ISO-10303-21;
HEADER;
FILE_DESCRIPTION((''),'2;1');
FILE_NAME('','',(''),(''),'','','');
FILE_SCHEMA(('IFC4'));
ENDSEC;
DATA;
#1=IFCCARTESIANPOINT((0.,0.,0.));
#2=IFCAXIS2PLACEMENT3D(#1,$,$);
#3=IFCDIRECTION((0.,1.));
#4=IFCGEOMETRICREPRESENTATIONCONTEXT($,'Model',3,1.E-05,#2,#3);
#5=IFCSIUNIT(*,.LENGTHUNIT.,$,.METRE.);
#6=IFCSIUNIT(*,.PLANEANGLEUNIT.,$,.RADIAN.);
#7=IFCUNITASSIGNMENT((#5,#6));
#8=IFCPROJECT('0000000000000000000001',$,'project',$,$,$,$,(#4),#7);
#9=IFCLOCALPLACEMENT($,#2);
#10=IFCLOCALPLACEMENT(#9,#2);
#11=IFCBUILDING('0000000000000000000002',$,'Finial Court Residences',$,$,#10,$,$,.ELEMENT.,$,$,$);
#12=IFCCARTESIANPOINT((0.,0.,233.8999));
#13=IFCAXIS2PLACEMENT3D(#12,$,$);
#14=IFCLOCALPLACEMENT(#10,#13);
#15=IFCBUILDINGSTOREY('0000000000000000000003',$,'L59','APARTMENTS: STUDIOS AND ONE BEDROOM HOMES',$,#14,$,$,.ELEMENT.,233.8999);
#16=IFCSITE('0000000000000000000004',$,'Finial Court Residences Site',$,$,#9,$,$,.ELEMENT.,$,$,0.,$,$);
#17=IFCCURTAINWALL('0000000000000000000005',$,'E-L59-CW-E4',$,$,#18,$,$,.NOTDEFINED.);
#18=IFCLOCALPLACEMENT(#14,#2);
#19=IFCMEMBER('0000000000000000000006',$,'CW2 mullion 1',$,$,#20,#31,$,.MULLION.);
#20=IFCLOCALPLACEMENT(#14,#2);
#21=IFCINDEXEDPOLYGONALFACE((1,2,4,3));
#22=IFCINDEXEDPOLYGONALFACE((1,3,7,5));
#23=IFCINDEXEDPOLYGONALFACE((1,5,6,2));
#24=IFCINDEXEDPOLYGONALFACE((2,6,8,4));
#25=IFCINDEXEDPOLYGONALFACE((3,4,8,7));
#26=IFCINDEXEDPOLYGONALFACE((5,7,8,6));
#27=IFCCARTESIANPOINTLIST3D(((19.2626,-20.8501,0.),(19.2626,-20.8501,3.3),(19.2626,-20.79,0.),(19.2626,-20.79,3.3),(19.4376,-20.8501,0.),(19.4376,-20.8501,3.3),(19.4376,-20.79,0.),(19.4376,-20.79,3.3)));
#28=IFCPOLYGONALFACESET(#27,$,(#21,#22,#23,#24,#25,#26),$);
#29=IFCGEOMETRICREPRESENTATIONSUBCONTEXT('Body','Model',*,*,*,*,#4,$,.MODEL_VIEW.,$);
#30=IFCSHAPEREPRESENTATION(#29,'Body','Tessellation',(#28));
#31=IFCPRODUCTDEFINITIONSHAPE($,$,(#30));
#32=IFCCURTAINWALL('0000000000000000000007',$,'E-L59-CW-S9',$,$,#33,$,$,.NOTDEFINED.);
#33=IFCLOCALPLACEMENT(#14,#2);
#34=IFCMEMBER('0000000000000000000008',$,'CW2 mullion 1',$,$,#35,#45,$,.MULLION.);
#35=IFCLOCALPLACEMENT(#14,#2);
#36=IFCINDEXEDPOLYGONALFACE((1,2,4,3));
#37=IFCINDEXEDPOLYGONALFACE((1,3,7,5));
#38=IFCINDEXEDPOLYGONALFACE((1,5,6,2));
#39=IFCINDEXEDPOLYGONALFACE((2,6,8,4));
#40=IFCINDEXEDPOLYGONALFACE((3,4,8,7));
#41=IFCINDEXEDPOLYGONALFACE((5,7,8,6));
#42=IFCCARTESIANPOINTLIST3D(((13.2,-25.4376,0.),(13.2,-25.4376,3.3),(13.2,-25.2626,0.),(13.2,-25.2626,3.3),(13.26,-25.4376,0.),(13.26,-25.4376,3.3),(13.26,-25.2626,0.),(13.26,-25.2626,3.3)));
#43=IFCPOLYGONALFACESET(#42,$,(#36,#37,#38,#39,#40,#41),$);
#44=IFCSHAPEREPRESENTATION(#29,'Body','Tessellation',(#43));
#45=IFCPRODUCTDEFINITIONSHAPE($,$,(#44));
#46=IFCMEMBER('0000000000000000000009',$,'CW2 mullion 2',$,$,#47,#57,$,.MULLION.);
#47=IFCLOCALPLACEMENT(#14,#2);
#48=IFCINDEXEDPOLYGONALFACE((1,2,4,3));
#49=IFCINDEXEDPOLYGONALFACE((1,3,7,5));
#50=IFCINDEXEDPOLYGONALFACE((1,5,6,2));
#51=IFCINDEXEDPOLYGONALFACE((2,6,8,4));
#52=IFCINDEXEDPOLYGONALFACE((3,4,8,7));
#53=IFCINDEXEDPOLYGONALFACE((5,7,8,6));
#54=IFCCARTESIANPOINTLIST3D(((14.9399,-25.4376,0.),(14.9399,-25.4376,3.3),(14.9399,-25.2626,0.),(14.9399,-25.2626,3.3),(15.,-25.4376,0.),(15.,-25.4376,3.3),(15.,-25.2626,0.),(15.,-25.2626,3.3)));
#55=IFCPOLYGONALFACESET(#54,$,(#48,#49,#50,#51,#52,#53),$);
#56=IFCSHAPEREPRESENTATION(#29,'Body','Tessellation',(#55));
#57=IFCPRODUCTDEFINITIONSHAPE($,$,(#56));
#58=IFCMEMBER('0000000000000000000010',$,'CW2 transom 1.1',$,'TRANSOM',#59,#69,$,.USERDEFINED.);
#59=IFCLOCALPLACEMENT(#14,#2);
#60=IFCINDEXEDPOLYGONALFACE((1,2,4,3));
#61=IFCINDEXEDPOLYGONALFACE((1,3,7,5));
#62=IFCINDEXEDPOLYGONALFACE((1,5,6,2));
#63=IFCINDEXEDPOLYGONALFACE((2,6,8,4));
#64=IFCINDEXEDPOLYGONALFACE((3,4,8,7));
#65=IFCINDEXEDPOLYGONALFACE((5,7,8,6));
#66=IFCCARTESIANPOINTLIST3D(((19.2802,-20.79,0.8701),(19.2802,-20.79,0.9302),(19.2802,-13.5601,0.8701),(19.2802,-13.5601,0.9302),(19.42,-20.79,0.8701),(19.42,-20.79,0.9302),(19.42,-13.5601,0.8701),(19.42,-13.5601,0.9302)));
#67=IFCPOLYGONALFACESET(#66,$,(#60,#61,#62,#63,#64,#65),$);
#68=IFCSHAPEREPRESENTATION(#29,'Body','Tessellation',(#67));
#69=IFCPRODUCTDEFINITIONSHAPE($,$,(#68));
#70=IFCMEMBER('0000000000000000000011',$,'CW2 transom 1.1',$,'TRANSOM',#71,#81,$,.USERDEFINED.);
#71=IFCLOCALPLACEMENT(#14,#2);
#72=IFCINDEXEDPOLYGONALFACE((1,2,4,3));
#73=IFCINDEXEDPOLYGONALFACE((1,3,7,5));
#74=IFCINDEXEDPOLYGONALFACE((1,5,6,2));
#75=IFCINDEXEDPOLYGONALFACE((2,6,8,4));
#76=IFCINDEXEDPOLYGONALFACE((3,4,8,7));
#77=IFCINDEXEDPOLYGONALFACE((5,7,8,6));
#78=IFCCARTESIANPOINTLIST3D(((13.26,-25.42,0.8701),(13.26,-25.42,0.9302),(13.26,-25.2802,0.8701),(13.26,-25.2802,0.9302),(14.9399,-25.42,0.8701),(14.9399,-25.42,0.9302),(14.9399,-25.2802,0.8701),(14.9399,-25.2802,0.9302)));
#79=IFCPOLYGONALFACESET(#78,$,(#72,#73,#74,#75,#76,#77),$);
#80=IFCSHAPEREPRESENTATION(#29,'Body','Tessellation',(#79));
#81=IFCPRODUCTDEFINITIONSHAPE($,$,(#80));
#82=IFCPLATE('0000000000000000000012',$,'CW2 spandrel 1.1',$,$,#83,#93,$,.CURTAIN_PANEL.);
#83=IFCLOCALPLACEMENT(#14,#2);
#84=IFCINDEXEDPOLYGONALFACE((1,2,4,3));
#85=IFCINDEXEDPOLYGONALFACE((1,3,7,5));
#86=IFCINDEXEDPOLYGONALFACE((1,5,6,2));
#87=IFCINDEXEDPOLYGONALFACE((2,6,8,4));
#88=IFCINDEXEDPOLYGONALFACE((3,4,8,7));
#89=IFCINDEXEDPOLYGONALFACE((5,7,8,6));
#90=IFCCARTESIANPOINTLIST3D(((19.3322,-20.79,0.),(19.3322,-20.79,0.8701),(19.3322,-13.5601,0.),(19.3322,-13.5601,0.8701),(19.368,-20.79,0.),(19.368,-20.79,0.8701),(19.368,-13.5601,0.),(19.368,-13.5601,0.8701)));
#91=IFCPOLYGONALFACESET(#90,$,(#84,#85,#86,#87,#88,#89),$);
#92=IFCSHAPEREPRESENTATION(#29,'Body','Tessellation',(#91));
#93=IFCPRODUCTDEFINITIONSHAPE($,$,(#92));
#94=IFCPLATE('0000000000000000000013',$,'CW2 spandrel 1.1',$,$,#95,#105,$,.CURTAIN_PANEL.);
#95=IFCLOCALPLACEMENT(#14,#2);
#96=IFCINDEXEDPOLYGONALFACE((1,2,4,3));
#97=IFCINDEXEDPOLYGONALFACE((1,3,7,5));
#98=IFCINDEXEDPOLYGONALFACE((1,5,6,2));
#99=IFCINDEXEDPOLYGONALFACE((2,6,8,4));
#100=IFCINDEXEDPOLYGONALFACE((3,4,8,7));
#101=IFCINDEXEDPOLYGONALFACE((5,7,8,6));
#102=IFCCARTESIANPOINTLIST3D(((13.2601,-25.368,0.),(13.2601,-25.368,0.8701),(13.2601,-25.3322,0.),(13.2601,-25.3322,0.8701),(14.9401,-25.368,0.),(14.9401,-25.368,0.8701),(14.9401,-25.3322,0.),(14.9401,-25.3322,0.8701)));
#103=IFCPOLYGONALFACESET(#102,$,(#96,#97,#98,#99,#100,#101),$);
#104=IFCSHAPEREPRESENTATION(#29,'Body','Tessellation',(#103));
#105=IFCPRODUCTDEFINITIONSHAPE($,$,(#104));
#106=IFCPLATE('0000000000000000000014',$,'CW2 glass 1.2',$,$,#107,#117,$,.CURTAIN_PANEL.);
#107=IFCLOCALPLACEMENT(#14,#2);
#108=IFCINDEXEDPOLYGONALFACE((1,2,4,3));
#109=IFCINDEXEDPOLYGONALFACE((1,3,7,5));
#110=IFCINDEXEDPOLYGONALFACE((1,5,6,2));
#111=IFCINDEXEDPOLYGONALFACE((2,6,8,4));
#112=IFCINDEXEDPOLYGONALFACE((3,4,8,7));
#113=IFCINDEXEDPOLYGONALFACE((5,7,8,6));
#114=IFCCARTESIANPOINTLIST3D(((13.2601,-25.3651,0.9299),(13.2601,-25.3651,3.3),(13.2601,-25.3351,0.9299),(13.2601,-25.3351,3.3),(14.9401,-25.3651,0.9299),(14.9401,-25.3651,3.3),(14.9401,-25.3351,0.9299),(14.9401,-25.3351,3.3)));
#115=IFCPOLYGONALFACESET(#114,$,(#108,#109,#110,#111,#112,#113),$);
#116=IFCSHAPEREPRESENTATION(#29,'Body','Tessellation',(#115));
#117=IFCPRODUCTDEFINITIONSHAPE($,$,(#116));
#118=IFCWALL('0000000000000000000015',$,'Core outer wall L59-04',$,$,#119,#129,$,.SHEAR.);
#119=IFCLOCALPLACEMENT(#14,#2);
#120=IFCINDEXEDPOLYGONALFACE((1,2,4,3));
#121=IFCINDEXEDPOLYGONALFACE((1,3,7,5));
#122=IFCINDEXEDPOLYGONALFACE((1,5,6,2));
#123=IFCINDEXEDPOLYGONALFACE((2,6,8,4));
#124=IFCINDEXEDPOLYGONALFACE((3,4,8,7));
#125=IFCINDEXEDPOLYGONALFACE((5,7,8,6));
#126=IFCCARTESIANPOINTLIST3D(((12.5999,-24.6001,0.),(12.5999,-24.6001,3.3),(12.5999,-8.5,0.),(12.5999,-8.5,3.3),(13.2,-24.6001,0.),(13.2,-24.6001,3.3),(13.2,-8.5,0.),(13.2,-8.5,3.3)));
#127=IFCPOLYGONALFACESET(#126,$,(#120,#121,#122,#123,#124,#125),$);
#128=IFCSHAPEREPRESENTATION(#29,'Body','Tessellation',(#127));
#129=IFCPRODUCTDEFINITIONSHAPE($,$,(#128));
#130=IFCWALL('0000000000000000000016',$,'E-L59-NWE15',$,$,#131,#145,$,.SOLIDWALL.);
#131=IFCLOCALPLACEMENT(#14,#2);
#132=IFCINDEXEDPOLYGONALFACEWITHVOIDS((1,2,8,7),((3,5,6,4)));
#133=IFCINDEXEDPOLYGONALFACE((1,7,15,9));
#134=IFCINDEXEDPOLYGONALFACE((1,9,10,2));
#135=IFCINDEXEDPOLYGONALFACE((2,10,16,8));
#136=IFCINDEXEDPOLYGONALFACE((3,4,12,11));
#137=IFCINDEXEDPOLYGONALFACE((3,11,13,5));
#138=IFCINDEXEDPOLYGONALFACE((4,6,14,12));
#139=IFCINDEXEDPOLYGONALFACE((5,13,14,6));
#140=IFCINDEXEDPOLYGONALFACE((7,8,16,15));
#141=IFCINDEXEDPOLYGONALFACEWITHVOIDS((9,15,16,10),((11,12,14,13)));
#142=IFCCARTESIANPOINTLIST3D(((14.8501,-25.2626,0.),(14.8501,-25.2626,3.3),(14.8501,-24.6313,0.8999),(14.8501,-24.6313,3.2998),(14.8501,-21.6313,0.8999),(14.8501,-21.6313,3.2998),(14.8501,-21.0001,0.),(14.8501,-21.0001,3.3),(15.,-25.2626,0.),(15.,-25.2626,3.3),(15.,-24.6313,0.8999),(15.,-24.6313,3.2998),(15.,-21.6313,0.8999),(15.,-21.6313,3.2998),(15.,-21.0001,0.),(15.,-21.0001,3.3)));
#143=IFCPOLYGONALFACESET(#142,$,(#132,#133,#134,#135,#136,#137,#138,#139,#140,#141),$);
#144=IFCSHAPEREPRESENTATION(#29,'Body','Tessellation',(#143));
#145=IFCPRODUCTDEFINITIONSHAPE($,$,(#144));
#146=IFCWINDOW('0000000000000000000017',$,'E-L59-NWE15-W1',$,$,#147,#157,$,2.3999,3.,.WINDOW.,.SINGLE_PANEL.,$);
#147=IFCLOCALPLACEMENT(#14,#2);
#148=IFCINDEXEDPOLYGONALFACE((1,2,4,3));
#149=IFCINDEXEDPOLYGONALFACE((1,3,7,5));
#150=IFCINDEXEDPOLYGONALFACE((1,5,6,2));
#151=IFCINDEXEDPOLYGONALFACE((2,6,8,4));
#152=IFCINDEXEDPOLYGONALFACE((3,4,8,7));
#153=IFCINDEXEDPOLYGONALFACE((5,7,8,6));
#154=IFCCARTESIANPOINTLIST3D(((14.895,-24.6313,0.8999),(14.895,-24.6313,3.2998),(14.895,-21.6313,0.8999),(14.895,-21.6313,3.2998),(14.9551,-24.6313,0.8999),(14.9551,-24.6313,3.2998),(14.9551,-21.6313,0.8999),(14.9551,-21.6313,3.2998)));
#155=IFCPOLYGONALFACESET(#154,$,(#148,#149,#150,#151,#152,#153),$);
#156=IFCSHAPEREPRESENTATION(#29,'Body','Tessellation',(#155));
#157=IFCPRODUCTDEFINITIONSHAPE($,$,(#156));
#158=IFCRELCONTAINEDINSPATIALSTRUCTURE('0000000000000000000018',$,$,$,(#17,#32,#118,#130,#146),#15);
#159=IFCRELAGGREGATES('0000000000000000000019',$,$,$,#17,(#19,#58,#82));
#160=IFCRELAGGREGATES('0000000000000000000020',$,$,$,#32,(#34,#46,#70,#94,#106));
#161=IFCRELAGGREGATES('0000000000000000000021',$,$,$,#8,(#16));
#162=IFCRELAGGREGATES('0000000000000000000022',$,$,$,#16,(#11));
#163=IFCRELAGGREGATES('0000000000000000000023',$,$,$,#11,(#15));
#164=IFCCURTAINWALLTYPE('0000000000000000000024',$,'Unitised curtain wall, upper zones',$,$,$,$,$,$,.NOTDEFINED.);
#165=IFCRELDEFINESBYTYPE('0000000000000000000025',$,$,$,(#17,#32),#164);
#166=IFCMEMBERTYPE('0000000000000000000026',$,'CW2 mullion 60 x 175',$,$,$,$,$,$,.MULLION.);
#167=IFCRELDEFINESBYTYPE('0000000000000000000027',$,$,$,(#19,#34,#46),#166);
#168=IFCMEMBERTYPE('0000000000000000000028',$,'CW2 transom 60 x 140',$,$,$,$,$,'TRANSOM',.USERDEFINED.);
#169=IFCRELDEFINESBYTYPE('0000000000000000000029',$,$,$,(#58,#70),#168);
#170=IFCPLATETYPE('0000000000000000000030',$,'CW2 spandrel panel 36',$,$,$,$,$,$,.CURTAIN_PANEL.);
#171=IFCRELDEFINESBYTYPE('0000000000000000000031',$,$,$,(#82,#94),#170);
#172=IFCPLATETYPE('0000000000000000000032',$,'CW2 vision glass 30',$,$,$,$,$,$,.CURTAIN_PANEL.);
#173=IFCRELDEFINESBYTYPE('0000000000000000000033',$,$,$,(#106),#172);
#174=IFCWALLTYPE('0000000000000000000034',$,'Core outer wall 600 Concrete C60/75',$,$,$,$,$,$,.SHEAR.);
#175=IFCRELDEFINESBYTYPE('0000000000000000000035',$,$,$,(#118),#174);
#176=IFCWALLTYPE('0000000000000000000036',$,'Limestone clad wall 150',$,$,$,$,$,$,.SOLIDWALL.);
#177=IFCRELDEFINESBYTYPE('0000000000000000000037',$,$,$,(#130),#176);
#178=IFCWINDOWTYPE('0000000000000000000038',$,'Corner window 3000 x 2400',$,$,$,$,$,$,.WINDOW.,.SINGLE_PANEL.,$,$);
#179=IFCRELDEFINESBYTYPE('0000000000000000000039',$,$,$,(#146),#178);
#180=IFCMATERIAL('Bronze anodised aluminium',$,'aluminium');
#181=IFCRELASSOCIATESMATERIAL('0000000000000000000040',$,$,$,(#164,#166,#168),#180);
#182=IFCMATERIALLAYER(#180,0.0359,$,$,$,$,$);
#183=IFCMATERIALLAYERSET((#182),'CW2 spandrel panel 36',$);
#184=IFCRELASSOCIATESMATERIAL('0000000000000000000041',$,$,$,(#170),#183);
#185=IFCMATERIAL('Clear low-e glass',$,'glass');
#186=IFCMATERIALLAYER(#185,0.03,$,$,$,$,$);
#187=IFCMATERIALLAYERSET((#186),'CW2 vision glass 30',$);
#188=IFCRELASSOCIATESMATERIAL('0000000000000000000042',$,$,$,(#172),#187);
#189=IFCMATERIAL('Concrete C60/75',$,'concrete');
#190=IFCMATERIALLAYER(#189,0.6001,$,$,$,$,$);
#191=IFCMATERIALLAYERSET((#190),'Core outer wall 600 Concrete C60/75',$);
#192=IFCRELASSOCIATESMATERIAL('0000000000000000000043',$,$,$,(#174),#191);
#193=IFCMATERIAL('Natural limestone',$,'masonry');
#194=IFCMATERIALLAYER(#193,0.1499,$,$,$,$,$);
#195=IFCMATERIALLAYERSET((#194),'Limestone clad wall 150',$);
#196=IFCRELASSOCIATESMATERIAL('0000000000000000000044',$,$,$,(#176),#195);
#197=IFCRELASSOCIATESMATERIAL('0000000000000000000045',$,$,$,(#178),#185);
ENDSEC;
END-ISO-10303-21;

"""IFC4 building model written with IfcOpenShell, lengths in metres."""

from ifc_helpers import new_model, si_unit, direction, frame, frame_2d, origin, origin_2d, place, context, subcontext, project, spatial, rectangle, extrude, material, layer, layer_set, material_profile, profile_set, type_object, element, fill, aggregate, save


model = new_model("IFC4")

# Units and contexts
model_context = context("Model", 3, precision=1e-05, world=origin(), true_north=direction((0.0, 1.0)))
body_context = subcontext(model_context, "Body", "Model", "MODEL_VIEW")
ifc_project = project(units=[si_unit("LENGTHUNIT", "METRE"), si_unit("PLANEANGLEUNIT", "RADIAN")], contexts=[model_context])

# Site, building, storey
site_placement = place(None, origin())
site = spatial("IfcSite", under=ifc_project, at=site_placement, Name="Finial Court Residences Site", CompositionType="ELEMENT", RefElevation=0.0)
building_placement = place(site_placement, origin())
building = spatial("IfcBuilding", under=site, at=building_placement, Name="Finial Court Residences", CompositionType="ELEMENT")
storey_placement = place(building_placement, frame((0.0, 0.0, 233.8999)))
storey = spatial("IfcBuildingStorey", under=building, at=storey_placement, Name="L59", Description="APARTMENTS: STUDIOS AND ONE BEDROOM HOMES", CompositionType="ELEMENT", Elevation=233.8999)

# Curtain wall, member
ifc_material_1 = material(Name="Bronze anodised aluminium", Category="aluminium")
curtain_wall_type = type_object("IfcCurtainWallType", Name="Unitised curtain wall, upper zones", PredefinedType="NOTDEFINED", material=ifc_material_1)
curtain_wall_1_placement = place(storey_placement, origin())
curtain_wall_1 = element("IfcCurtainWall", 1, at=curtain_wall_1_placement, inside=storey, type_object=curtain_wall_type, Name="E-L59-CW-E4", PredefinedType="NOTDEFINED")
ifc_material_profile_1 = material_profile(ifc_material_1, rectangle(XDim=0.175, YDim=0.0601, at=origin_2d()), Name="CW2 mullion 60 x 175")
ifc_profile_set_1 = profile_set([ifc_material_profile_1], Name="Bronze anodised aluminium")
member_type_1 = type_object("IfcMemberType", Name="CW2 mullion 60 x 175", PredefinedType="MULLION", material=ifc_profile_set_1)
member_1_placement = place(storey_placement, frame((19.3501, -20.8201, 0.0), z_axis=(0.0, 0.0, 1.0), x_axis=(-1.0, 0.0, 0.0)))
member_1 = element("IfcMember", 2, at=member_1_placement, type_object=member_type_1, Name="CW2 mullion 1", PredefinedType="MULLION", context=body_context, shape_type="SweptSolid", body=[
    extrude(rectangle(XDim=0.175, YDim=0.0601, at=origin_2d()), origin(), (0.0, 0.0, 1.0), 3.3),
])

# Curtain wall, members
curtain_wall_2_placement = place(storey_placement, origin())
curtain_wall_2 = element("IfcCurtainWall", 3, at=curtain_wall_2_placement, inside=storey, type_object=curtain_wall_type, Name="E-L59-CW-S9", PredefinedType="NOTDEFINED")
member_2_placement = place(storey_placement, frame((13.23, -25.3501, 0.0), z_axis=(0.0, 0.0, 1.0), x_axis=(0.0, 1.0, 0.0)))
member_2 = element("IfcMember", 4, at=member_2_placement, type_object=member_type_1, Name="CW2 mullion 1", PredefinedType="MULLION", context=body_context, shape_type="SweptSolid", body=[
    extrude(rectangle(XDim=0.175, YDim=0.0601, at=origin_2d()), origin(), (0.0, 0.0, 1.0), 3.3),
])
member_3_placement = place(storey_placement, frame((14.97, -25.3501, 0.0), z_axis=(0.0, 0.0, 1.0), x_axis=(0.0, 1.0, 0.0)))
member_3 = element("IfcMember", 5, at=member_3_placement, type_object=member_type_1, Name="CW2 mullion 2", PredefinedType="MULLION", context=body_context, shape_type="SweptSolid", body=[
    extrude(rectangle(XDim=0.175, YDim=0.0601, at=origin_2d()), origin(), (0.0, 0.0, 1.0), 3.3),
])

# Members
ifc_material_profile_2 = material_profile(ifc_material_1, rectangle(XDim=0.1399, YDim=0.0601, at=origin_2d()), Name="CW2 transom 60 x 140")
ifc_profile_set_2 = profile_set([ifc_material_profile_2], Name="Bronze anodised aluminium")
member_type_2 = type_object("IfcMemberType", Name="CW2 transom 60 x 140", ElementType="TRANSOM", PredefinedType="USERDEFINED", material=ifc_profile_set_2)
member_4_placement = place(storey_placement, frame((19.3501, -20.79, 0.9001), z_axis=(0.0, 1.0, 0.0), x_axis=(-1.0, 0.0, 0.0)))
member_4 = element("IfcMember", 6, at=member_4_placement, type_object=member_type_2, Name="CW2 transom 1.1", ObjectType="TRANSOM", PredefinedType="USERDEFINED", context=body_context, shape_type="SweptSolid", body=[
    extrude(rectangle(XDim=0.1399, YDim=0.0601, at=origin_2d()), origin(), (0.0, 0.0, 1.0), 7.23),
])
member_5_placement = place(storey_placement, frame((13.26, -25.3501, 0.9001), z_axis=(1.0, 0.0, 0.0), x_axis=(0.0, 1.0, 0.0)))
member_5 = element("IfcMember", 7, at=member_5_placement, type_object=member_type_2, Name="CW2 transom 1.1", ObjectType="TRANSOM", PredefinedType="USERDEFINED", context=body_context, shape_type="SweptSolid", body=[
    extrude(rectangle(XDim=0.1399, YDim=0.0601, at=origin_2d()), origin(), (0.0, 0.0, 1.0), 1.6799),
])

# Plates
ifc_layer_1 = layer(ifc_material_1, 0.0359)
ifc_layer_set_1 = layer_set([ifc_layer_1], Name="CW2 spandrel panel 36")
plate_type_1 = type_object("IfcPlateType", Name="CW2 spandrel panel 36", PredefinedType="CURTAIN_PANEL", material=ifc_layer_set_1)
plate_1_placement = place(storey_placement, frame((19.3501, -17.175, 0.0), z_axis=(0.0, 0.0, 1.0), x_axis=(0.0, 1.0, 0.0)))
plate_1 = element("IfcPlate", 8, at=plate_1_placement, type_object=plate_type_1, Name="CW2 spandrel 1.1", PredefinedType="CURTAIN_PANEL", context=body_context, shape_type="SweptSolid", body=[
    extrude(rectangle(XDim=7.23, YDim=0.0359, at=origin_2d()), origin(), (0.0, 0.0, 1.0), 0.8701),
])
aggregate(curtain_wall_1, [member_1, member_4, plate_1])
plate_2_placement = place(storey_placement, frame((14.1001, -25.3501, 0.0), z_axis=(0.0, 0.0, 1.0), x_axis=(1.0, 0.0, 0.0)))
plate_2 = element("IfcPlate", 9, at=plate_2_placement, type_object=plate_type_1, Name="CW2 spandrel 1.1", PredefinedType="CURTAIN_PANEL", context=body_context, shape_type="SweptSolid", body=[
    extrude(rectangle(XDim=1.6799, YDim=0.0359, at=origin_2d()), origin(), (0.0, 0.0, 1.0), 0.8701),
])
ifc_material_2 = material(Name="Clear low-e glass", Category="glass")
ifc_layer_2 = layer(ifc_material_2, 0.03)
ifc_layer_set_2 = layer_set([ifc_layer_2], Name="CW2 vision glass 30")
plate_type_2 = type_object("IfcPlateType", Name="CW2 vision glass 30", PredefinedType="CURTAIN_PANEL", material=ifc_layer_set_2)
plate_3_placement = place(storey_placement, frame((14.1001, -25.3501, 0.9299), z_axis=(0.0, 0.0, 1.0), x_axis=(1.0, 0.0, 0.0)))
plate_3 = element("IfcPlate", 10, at=plate_3_placement, type_object=plate_type_2, Name="CW2 glass 1.2", PredefinedType="CURTAIN_PANEL", context=body_context, shape_type="SweptSolid", body=[
    extrude(rectangle(XDim=1.6799, YDim=0.03, at=origin_2d()), origin(), (0.0, 0.0, 1.0), 2.3701),
])
aggregate(curtain_wall_2, [member_2, member_3, member_5, plate_2, plate_3])

# Wall
ifc_material_3 = material(Name="Concrete C60/75", Category="concrete")
ifc_layer_3 = layer(ifc_material_3, 0.6001)
ifc_layer_set_3 = layer_set([ifc_layer_3], Name="Core outer wall 600 Concrete C60/75")
wall_type_1 = type_object("IfcWallType", Name="Core outer wall 600 Concrete C60/75", PredefinedType="SHEAR", material=ifc_layer_set_3)
wall_1_placement = place(storey_placement, frame((12.8999, -24.6001, 0.0), z_axis=(0.0, 0.0, 1.0), x_axis=(0.0, 1.0, 0.0)))
element("IfcWall", 11, at=wall_1_placement, inside=storey, type_object=wall_type_1, Name="Core outer wall L59-04", PredefinedType="SHEAR", context=body_context, shape_type="SweptSolid", body=[
    extrude(rectangle(XDim=16.1001, YDim=0.6001, at=frame_2d((8.05, 0.0))), origin(), (0.0, 0.0, 1.0), 3.3),
])

# Wall, opening, window
ifc_material_4 = material(Name="Natural limestone", Category="masonry")
ifc_layer_4 = layer(ifc_material_4, 0.1499)
ifc_layer_set_4 = layer_set([ifc_layer_4], Name="Limestone clad wall 150")
wall_type_2 = type_object("IfcWallType", Name="Limestone clad wall 150", PredefinedType="SOLIDWALL", material=ifc_layer_set_4)
wall_2_placement = place(storey_placement, frame((14.925, -21.0, 0.0), z_axis=(0.0, 0.0, 1.0), x_axis=(0.0, -1.0, 0.0)))
wall_2 = element("IfcWall", 12, at=wall_2_placement, inside=storey, type_object=wall_type_2, Name="E-L59-NWE15", PredefinedType="SOLIDWALL", context=body_context, shape_type="SweptSolid", body=[
    extrude(rectangle(XDim=4.2625, YDim=0.1499, at=frame_2d((2.1313, 0.0))), origin(), (0.0, 0.0, 1.0), 3.3),
])
opening_1_placement = place(wall_2_placement, frame((0.6313, 0.0, 0.8999)))
opening_1 = element("IfcOpeningElement", 13, at=opening_1_placement, cuts=wall_2, PredefinedType="OPENING", context=body_context, shape_type="SweptSolid", body=[
    extrude(rectangle(XDim=3.0, YDim=2.3999, at=frame_2d((1.5, 1.2))), frame((0.0, 0.085, 0.0), z_axis=(0.0, -1.0, 0.0), x_axis=(1.0, 0.0, 0.0)), (0.0, 0.0, 1.0), 0.1699),
])
window_type = type_object("IfcWindowType", Name="Corner window 3000 x 2400", PartitioningType="SINGLE_PANEL", PredefinedType="WINDOW", material=ifc_material_2)
window_1_placement = place(opening_1_placement, origin())
window_1 = element("IfcWindow", 14, at=window_1_placement, inside=storey, type_object=window_type, Name="E-L59-NWE15-W1", OverallHeight=2.3999, OverallWidth=3.0, PartitioningType="SINGLE_PANEL", PredefinedType="WINDOW", context=body_context, shape_type="SweptSolid", body=[
    extrude(rectangle(XDim=3.0, YDim=2.3999, at=frame_2d((1.5, 1.2))), frame((0.0, 0.03, 0.0), z_axis=(0.0, -1.0, 0.0), x_axis=(1.0, 0.0, 0.0)), (0.0, 0.0, 1.0), 0.0601),
])
fill(opening_1, window_1)

save(model, "model.ifc")
